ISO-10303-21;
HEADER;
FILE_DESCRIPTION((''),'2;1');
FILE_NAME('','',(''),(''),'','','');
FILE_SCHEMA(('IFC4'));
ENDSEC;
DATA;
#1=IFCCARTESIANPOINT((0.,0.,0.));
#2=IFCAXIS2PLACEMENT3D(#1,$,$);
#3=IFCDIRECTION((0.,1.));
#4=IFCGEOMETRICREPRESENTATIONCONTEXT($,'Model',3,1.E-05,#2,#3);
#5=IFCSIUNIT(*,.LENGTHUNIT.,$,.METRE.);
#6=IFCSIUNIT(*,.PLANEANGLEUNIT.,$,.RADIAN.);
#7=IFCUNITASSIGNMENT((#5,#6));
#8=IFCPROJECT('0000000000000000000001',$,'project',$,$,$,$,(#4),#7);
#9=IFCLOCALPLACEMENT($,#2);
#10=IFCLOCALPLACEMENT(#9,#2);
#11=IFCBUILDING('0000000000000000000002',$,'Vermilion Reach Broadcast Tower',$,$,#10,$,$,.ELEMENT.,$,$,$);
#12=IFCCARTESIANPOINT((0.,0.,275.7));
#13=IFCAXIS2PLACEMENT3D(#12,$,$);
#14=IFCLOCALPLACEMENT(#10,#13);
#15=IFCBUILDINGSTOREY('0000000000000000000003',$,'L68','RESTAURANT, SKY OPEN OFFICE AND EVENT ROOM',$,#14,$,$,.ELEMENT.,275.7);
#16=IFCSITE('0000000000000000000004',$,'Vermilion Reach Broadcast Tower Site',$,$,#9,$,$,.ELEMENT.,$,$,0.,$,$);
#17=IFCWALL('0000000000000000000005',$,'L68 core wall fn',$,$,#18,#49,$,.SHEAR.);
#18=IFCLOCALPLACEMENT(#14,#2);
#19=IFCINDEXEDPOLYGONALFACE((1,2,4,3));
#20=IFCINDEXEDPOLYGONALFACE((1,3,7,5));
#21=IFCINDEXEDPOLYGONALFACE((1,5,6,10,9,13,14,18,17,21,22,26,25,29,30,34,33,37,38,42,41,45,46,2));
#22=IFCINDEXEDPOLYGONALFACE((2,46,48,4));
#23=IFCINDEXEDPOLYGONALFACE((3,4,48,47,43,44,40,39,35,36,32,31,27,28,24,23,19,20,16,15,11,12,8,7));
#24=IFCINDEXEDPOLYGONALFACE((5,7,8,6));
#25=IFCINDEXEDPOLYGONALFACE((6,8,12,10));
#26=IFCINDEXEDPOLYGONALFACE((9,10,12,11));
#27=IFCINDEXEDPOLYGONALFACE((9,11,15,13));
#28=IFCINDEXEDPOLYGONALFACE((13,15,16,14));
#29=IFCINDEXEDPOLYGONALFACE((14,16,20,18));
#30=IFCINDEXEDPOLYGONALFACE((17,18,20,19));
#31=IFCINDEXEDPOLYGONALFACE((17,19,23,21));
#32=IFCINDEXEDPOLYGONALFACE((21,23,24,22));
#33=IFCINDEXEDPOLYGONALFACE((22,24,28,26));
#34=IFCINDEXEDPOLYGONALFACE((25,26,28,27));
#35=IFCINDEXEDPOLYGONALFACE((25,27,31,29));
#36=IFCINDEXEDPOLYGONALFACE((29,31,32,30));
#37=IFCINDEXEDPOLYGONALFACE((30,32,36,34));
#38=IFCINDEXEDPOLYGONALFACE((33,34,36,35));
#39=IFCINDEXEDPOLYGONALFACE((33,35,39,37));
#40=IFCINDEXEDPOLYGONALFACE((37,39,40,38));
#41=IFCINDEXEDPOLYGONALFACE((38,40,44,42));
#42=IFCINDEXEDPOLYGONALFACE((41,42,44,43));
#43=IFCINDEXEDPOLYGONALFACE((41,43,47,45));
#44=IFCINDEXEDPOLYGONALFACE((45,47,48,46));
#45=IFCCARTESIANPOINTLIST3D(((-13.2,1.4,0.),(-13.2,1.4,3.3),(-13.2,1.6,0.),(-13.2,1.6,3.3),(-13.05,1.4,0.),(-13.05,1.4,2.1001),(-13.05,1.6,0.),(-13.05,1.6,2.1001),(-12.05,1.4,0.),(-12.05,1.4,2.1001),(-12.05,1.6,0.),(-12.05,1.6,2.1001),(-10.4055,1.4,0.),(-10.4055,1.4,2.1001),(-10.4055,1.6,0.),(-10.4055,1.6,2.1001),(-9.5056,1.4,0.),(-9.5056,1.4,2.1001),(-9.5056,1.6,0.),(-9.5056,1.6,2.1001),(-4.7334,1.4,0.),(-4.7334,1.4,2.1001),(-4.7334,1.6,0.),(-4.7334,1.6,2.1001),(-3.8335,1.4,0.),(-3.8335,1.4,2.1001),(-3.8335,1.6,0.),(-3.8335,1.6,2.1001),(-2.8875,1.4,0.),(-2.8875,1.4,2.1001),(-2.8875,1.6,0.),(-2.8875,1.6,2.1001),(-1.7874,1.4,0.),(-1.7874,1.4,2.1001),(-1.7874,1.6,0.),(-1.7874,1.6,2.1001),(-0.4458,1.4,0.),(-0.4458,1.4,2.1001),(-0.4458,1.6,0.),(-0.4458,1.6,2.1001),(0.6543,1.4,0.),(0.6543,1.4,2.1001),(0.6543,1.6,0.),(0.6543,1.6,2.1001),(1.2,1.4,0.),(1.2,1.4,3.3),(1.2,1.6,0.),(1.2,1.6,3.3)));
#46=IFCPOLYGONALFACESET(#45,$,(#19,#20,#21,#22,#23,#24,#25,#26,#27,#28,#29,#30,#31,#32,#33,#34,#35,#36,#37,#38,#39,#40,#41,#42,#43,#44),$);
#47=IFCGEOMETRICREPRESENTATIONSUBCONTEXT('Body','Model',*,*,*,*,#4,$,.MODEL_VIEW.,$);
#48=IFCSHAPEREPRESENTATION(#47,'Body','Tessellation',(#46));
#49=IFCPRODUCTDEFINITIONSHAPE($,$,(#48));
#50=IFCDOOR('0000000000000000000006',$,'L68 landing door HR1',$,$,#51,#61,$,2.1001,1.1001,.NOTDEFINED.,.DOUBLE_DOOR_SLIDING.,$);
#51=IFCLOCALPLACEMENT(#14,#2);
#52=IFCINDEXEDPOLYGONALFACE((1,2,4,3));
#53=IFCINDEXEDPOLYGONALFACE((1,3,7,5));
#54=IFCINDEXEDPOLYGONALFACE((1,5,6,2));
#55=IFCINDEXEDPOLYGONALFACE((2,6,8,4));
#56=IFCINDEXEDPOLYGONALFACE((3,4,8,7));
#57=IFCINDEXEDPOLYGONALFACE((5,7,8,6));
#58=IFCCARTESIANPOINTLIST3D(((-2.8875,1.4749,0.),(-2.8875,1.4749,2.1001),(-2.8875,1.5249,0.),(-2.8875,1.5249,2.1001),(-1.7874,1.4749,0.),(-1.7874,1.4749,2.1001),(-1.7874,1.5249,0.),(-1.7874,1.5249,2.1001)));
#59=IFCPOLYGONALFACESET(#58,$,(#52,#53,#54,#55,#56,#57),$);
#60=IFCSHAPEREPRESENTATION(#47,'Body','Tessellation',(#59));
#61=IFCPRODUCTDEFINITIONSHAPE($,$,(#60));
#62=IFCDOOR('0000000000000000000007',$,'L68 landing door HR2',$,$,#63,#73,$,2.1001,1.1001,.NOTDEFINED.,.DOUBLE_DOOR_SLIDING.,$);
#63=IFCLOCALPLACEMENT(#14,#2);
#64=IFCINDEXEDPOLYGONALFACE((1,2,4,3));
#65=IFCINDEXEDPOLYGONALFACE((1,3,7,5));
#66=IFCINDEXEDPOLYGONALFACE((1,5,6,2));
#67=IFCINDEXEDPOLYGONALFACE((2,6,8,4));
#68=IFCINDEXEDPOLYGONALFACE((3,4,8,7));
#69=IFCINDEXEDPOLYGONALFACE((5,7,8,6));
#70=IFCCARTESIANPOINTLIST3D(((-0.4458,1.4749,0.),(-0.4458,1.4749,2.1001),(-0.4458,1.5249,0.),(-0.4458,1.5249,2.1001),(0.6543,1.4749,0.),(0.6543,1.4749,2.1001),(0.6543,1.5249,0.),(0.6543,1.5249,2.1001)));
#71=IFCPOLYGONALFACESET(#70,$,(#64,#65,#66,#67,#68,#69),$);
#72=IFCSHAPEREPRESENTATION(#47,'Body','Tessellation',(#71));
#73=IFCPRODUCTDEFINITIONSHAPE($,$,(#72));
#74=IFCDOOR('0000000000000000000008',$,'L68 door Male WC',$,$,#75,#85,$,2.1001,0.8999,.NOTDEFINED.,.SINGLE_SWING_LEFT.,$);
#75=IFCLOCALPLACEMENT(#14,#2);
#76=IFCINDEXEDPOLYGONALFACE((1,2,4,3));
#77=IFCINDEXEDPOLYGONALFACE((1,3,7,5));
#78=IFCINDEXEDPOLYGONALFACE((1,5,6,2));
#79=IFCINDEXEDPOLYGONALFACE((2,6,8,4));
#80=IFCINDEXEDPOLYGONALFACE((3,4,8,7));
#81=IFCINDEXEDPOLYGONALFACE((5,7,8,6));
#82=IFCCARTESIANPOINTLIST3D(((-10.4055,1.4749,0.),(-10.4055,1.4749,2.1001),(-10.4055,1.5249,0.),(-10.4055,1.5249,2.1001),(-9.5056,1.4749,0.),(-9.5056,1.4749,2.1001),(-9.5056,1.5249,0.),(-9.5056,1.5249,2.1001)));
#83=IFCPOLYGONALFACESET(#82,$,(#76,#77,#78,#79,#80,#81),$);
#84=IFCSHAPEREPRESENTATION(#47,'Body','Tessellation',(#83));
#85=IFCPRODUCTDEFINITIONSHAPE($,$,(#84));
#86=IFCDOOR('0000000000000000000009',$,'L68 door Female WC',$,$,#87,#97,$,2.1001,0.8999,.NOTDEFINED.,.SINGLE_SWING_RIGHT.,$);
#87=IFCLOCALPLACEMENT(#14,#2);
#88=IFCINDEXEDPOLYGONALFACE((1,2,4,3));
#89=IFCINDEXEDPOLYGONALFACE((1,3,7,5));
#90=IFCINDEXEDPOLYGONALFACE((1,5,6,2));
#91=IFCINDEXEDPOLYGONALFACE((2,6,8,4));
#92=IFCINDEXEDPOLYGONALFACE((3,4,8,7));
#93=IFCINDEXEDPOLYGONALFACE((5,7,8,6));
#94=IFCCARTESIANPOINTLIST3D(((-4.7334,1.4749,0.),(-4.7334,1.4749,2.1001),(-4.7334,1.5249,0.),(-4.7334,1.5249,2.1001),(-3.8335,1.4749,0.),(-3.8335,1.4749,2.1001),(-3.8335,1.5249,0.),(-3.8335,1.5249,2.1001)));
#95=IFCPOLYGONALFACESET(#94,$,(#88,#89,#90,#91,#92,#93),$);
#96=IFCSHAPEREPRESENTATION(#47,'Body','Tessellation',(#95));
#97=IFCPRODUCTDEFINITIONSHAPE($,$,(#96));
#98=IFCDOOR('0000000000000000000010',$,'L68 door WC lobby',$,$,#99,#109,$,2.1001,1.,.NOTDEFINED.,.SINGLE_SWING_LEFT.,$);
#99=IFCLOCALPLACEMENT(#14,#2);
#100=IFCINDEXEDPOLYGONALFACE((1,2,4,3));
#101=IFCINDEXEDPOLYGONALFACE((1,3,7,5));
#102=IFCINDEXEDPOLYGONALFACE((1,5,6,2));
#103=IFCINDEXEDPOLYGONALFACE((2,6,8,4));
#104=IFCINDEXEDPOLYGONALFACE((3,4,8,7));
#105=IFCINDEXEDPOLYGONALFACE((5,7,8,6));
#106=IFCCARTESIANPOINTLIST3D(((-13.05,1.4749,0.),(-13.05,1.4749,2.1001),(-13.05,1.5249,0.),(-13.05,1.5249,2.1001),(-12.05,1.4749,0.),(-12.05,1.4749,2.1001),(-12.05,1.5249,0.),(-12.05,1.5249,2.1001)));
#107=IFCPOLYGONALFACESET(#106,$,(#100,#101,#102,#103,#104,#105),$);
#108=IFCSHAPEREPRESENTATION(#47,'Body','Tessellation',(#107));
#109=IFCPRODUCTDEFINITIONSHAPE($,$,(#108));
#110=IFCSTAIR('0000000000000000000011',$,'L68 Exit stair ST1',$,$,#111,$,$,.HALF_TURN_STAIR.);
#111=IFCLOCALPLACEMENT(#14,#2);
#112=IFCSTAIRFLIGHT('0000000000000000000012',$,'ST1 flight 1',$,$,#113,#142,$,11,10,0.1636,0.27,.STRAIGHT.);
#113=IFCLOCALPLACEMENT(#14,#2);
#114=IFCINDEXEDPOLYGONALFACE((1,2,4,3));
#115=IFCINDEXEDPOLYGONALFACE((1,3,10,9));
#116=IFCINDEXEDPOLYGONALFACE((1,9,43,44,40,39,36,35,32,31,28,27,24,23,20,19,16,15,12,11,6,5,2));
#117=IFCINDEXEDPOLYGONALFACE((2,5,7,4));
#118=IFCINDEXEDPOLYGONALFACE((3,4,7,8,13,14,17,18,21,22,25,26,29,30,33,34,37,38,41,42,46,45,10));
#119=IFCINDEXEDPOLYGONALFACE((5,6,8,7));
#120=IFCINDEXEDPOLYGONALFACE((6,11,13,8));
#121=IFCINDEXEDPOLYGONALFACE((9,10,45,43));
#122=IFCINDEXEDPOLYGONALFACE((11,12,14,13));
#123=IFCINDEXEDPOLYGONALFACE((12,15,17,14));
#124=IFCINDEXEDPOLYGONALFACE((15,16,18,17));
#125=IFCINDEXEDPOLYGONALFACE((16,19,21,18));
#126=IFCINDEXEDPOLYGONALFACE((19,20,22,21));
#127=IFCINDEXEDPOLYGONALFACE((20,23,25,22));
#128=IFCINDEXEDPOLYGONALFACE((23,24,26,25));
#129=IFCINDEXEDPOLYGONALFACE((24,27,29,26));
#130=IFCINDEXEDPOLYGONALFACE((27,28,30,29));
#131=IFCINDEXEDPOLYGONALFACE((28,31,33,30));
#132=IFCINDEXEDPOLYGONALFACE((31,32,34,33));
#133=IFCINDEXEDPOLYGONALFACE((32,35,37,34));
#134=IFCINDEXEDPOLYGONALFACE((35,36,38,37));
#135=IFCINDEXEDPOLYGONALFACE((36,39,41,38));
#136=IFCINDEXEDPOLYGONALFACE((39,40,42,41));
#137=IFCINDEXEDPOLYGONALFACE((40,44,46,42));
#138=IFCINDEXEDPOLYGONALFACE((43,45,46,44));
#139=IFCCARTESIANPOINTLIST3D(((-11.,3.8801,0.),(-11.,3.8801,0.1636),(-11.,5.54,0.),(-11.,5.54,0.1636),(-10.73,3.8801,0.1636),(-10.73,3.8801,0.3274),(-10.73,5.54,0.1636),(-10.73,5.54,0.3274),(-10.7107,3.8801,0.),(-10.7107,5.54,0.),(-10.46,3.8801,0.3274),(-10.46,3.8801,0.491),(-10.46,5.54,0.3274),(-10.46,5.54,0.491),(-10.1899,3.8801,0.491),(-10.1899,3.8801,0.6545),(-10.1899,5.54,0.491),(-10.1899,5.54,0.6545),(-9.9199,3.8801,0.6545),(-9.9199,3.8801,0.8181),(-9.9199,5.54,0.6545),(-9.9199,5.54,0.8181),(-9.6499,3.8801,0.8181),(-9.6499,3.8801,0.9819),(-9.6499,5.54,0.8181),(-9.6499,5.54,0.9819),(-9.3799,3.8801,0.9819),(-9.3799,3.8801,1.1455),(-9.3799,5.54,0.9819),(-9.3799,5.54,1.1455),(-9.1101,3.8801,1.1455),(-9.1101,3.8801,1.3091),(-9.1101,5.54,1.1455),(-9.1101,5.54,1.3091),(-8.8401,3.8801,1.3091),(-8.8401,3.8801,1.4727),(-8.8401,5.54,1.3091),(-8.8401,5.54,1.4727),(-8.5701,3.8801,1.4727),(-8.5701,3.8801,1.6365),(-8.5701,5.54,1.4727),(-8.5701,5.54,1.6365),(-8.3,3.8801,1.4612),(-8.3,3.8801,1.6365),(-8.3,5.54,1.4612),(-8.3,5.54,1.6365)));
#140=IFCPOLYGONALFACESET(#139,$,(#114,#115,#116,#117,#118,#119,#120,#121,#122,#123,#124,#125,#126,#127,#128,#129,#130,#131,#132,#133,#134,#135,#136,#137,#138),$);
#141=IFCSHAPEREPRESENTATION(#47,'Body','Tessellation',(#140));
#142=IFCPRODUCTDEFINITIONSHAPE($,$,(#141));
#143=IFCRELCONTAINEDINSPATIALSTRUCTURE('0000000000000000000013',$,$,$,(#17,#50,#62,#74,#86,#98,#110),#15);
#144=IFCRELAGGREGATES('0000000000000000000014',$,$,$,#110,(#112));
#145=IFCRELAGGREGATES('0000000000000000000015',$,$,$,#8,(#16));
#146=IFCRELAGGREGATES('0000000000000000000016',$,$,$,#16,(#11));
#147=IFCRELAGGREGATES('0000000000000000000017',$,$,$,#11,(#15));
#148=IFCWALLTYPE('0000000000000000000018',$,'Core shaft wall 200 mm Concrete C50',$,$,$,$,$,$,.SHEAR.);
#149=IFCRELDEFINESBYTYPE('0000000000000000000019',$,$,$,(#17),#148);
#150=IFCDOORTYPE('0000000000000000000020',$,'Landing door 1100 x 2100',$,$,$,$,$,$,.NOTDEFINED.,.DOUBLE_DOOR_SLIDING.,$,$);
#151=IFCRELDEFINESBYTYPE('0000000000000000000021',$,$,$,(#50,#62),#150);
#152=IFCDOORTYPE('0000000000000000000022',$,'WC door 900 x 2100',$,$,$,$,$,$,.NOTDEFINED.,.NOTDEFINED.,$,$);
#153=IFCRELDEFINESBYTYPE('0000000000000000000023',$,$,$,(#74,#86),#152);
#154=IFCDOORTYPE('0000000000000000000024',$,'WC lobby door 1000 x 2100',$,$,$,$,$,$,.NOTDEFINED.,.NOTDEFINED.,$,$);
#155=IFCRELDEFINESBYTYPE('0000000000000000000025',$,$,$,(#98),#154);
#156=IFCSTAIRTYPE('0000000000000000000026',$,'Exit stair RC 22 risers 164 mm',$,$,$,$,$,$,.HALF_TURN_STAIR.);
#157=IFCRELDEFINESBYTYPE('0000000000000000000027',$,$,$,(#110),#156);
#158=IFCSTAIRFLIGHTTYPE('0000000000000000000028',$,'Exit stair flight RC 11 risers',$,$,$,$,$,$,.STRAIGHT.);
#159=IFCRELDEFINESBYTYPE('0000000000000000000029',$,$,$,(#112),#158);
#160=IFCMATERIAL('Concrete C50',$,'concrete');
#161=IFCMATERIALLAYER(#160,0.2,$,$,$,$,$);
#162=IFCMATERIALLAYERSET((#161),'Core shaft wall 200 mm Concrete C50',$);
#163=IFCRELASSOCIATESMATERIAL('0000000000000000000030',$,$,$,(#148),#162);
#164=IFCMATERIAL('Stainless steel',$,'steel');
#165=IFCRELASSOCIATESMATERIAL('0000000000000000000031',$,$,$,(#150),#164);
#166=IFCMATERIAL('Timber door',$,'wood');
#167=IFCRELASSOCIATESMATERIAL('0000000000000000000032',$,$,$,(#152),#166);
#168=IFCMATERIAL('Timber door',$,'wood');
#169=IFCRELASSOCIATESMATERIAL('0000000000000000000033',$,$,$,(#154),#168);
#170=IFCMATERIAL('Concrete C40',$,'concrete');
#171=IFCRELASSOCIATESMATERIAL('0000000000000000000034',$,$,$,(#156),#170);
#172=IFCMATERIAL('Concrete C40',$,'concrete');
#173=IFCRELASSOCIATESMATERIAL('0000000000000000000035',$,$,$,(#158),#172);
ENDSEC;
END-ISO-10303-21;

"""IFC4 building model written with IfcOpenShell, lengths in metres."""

from ifc_helpers import new_model, si_unit, direction, frame, frame_2d, origin, place, context, subcontext, project, spatial, polyline, rectangle, outline, extrude, material, layer, layer_set, type_object, element, fill, aggregate, save


model = new_model("IFC4")

# Units and contexts
model_context = context("Model", 3, precision=1e-05, world=origin(), true_north=direction((0.0, 1.0)))
body_context = subcontext(model_context, "Body", "Model", "MODEL_VIEW")
ifc_project = project(units=[si_unit("LENGTHUNIT", "METRE"), si_unit("PLANEANGLEUNIT", "RADIAN")], contexts=[model_context])

# Site, building, storey
site_placement = place(None, origin())
site = spatial("IfcSite", under=ifc_project, at=site_placement, Name="Vermilion Reach Broadcast Tower Site", CompositionType="ELEMENT", RefElevation=0.0)
building_placement = place(site_placement, origin())
building = spatial("IfcBuilding", under=site, at=building_placement, Name="Vermilion Reach Broadcast Tower", CompositionType="ELEMENT")
storey_placement = place(building_placement, frame((0.0, 0.0, 275.7)))
storey = spatial("IfcBuildingStorey", under=building, at=storey_placement, Name="L68", Description="RESTAURANT, SKY OPEN OFFICE AND EVENT ROOM", CompositionType="ELEMENT", Elevation=275.7)

# Wall, openings, doors
ifc_material_1 = material(Name="Concrete C50", Category="concrete")
ifc_layer_1 = layer(ifc_material_1, 0.2)
ifc_layer_set_1 = layer_set([ifc_layer_1], Name="Core shaft wall 200 mm Concrete C50")
wall_type_1 = type_object("IfcWallType", Name="Core shaft wall 200 mm Concrete C50", PredefinedType="SHEAR", material=ifc_layer_set_1)
wall_1_placement = place(storey_placement, frame((-13.2, 1.5, 0.0), z_axis=(0.0, 0.0, 1.0), x_axis=(1.0, 0.0, 0.0)))
wall_1 = element("IfcWall", 1, at=wall_1_placement, inside=storey, type_object=wall_type_1, Name="L68 core wall fn", PredefinedType="SHEAR", context=body_context, shape_type="SweptSolid", body=[
    extrude(rectangle(XDim=14.3999, YDim=0.2, at=frame_2d((7.2, 0.0))), origin(), (0.0, 0.0, 1.0), 3.3),
])
opening_1_placement = place(wall_1_placement, frame((10.3125, 0.0, 0.0)))
opening_1 = element("IfcOpeningElement", 2, at=opening_1_placement, cuts=wall_1, PredefinedType="OPENING", context=body_context, shape_type="SweptSolid", body=[
    extrude(rectangle(XDim=1.1001, YDim=2.1001, at=frame_2d((0.55, 1.05))), frame((0.0, 0.1099, 0.0), z_axis=(0.0, -1.0, 0.0), x_axis=(1.0, 0.0, 0.0)), (0.0, 0.0, 1.0), 0.22),
])
opening_2_placement = place(wall_1_placement, frame((12.7542, 0.0, 0.0)))
opening_2 = element("IfcOpeningElement", 3, at=opening_2_placement, cuts=wall_1, PredefinedType="OPENING", context=body_context, shape_type="SweptSolid", body=[
    extrude(rectangle(XDim=1.1001, YDim=2.1001, at=frame_2d((0.55, 1.05))), frame((0.0, 0.1099, 0.0), z_axis=(0.0, -1.0, 0.0), x_axis=(1.0, 0.0, 0.0)), (0.0, 0.0, 1.0), 0.22),
])
opening_3_placement = place(wall_1_placement, frame((0.1499, 0.0, 0.0)))
opening_3 = element("IfcOpeningElement", 4, at=opening_3_placement, cuts=wall_1, PredefinedType="OPENING", context=body_context, shape_type="SweptSolid", body=[
    extrude(rectangle(XDim=1.0, YDim=2.1001, at=frame_2d((0.5, 1.05))), frame((0.0, 0.1099, 0.0), z_axis=(0.0, -1.0, 0.0), x_axis=(1.0, 0.0, 0.0)), (0.0, 0.0, 1.0), 0.22),
])
opening_4_placement = place(wall_1_placement, frame((2.7944, 0.0, 0.0)))
opening_4 = element("IfcOpeningElement", 5, at=opening_4_placement, cuts=wall_1, PredefinedType="OPENING", context=body_context, shape_type="SweptSolid", body=[
    extrude(rectangle(XDim=0.8999, YDim=2.1001, at=frame_2d((0.45, 1.05))), frame((0.0, 0.1099, 0.0), z_axis=(0.0, -1.0, 0.0), x_axis=(1.0, 0.0, 0.0)), (0.0, 0.0, 1.0), 0.22),
])
opening_5_placement = place(wall_1_placement, frame((8.4666, 0.0, 0.0)))
opening_5 = element("IfcOpeningElement", 6, at=opening_5_placement, cuts=wall_1, PredefinedType="OPENING", context=body_context, shape_type="SweptSolid", body=[
    extrude(rectangle(XDim=0.8999, YDim=2.1001, at=frame_2d((0.45, 1.05))), frame((0.0, 0.1099, 0.0), z_axis=(0.0, -1.0, 0.0), x_axis=(1.0, 0.0, 0.0)), (0.0, 0.0, 1.0), 0.22),
])
ifc_material_2 = material(Name="Stainless steel", Category="steel")
door_type_1 = type_object("IfcDoorType", Name="Landing door 1100 x 2100", OperationType="DOUBLE_DOOR_SLIDING", PredefinedType="NOTDEFINED", material=ifc_material_2)
door_1_placement = place(opening_1_placement, origin())
door_1 = element("IfcDoor", 7, at=door_1_placement, inside=storey, type_object=door_type_1, Name="L68 landing door HR1", OperationType="DOUBLE_DOOR_SLIDING", OverallHeight=2.1001, OverallWidth=1.1001, PredefinedType="NOTDEFINED", context=body_context, shape_type="SweptSolid", body=[
    extrude(rectangle(XDim=1.1001, YDim=2.1001, at=frame_2d((0.55, 1.05))), frame((0.0, 0.0249, 0.0), z_axis=(0.0, -1.0, 0.0), x_axis=(1.0, 0.0, 0.0)), (0.0, 0.0, 1.0), 0.05),
])
fill(opening_1, door_1)
door_2_placement = place(opening_2_placement, origin())
door_2 = element("IfcDoor", 8, at=door_2_placement, inside=storey, type_object=door_type_1, Name="L68 landing door HR2", OperationType="DOUBLE_DOOR_SLIDING", OverallHeight=2.1001, OverallWidth=1.1001, PredefinedType="NOTDEFINED", context=body_context, shape_type="SweptSolid", body=[
    extrude(rectangle(XDim=1.1001, YDim=2.1001, at=frame_2d((0.55, 1.05))), frame((0.0, 0.0249, 0.0), z_axis=(0.0, -1.0, 0.0), x_axis=(1.0, 0.0, 0.0)), (0.0, 0.0, 1.0), 0.05),
])
fill(opening_2, door_2)
ifc_material_3 = material(Name="Timber door", Category="wood")
door_type_2 = type_object("IfcDoorType", Name="WC door 900 x 2100", OperationType="NOTDEFINED", PredefinedType="NOTDEFINED", material=ifc_material_3)
door_3_placement = place(opening_4_placement, origin())
door_3 = element("IfcDoor", 9, at=door_3_placement, inside=storey, type_object=door_type_2, Name="L68 door Male WC", OperationType="SINGLE_SWING_LEFT", OverallHeight=2.1001, OverallWidth=0.8999, PredefinedType="NOTDEFINED", context=body_context, shape_type="SweptSolid", body=[
    extrude(rectangle(XDim=0.8999, YDim=2.1001, at=frame_2d((0.45, 1.05))), frame((0.0, 0.0249, 0.0), z_axis=(0.0, -1.0, 0.0), x_axis=(1.0, 0.0, 0.0)), (0.0, 0.0, 1.0), 0.05),
])
fill(opening_4, door_3)
door_4_placement = place(opening_5_placement, origin())
door_4 = element("IfcDoor", 10, at=door_4_placement, inside=storey, type_object=door_type_2, Name="L68 door Female WC", OperationType="SINGLE_SWING_RIGHT", OverallHeight=2.1001, OverallWidth=0.8999, PredefinedType="NOTDEFINED", context=body_context, shape_type="SweptSolid", body=[
    extrude(rectangle(XDim=0.8999, YDim=2.1001, at=frame_2d((0.45, 1.05))), frame((0.0, 0.0249, 0.0), z_axis=(0.0, -1.0, 0.0), x_axis=(1.0, 0.0, 0.0)), (0.0, 0.0, 1.0), 0.05),
])
fill(opening_5, door_4)
ifc_material_4 = material(Name="Timber door", Category="wood")
door_type_3 = type_object("IfcDoorType", Name="WC lobby door 1000 x 2100", OperationType="NOTDEFINED", PredefinedType="NOTDEFINED", material=ifc_material_4)
door_5_placement = place(opening_3_placement, origin())
door_5 = element("IfcDoor", 11, at=door_5_placement, inside=storey, type_object=door_type_3, Name="L68 door WC lobby", OperationType="SINGLE_SWING_LEFT", OverallHeight=2.1001, OverallWidth=1.0, PredefinedType="NOTDEFINED", context=body_context, shape_type="SweptSolid", body=[
    extrude(rectangle(XDim=1.0, YDim=2.1001, at=frame_2d((0.5, 1.05))), frame((0.0, 0.0249, 0.0), z_axis=(0.0, -1.0, 0.0), x_axis=(1.0, 0.0, 0.0)), (0.0, 0.0, 1.0), 0.05),
])
fill(opening_3, door_5)

# Stair, stair flight
ifc_material_5 = material(Name="Concrete C40", Category="concrete")
stair_type = type_object("IfcStairType", Name="Exit stair RC 22 risers 164 mm", PredefinedType="HALF_TURN_STAIR", material=ifc_material_5)
stair_placement = place(storey_placement, origin())
stair = element("IfcStair", 12, at=stair_placement, inside=storey, type_object=stair_type, Name="L68 Exit stair ST1", PredefinedType="HALF_TURN_STAIR")
ifc_material_6 = material(Name="Concrete C40", Category="concrete")
stair_flight_type = type_object("IfcStairFlightType", Name="Exit stair flight RC 11 risers", PredefinedType="STRAIGHT", material=ifc_material_6)
stair_flight_1_placement = place(storey_placement, frame((-11.0, 4.71, 0.0), z_axis=(0.0, 0.0, 1.0), x_axis=(1.0, 0.0, 0.0)))
stair_flight_1 = element("IfcStairFlight", 13, at=stair_flight_1_placement, type_object=stair_flight_type, Name="ST1 flight 1", NumberOfRisers=11, NumberOfTreads=10, PredefinedType="STRAIGHT", RiserHeight=0.1636, TreadLength=0.27, context=body_context, shape_type="SweptSolid", body=[
    extrude(outline(polyline([(0.0, 0.0), (0.0, 0.1636), (0.27, 0.1636), (0.27, 0.3274), (0.54, 0.3274), (0.54, 0.491), (0.8101, 0.491), (0.8101, 0.6545), (1.0801, 0.6545), (1.0801, 0.8181), (1.3501, 0.8181), (1.3501, 0.9819), (1.6201, 0.9819), (1.6201, 1.1455), (1.8899, 1.1455), (1.8899, 1.3091), (2.1599, 1.3091), (2.1599, 1.4727), (2.4299, 1.4727), (2.4299, 1.6365), (2.7, 1.6365), (2.7, 1.8), (2.7, 1.4612), (0.2893, 0.0), (0.0, 0.0)])), frame((0.0, 0.8301, 0.0), z_axis=(0.0, -1.0, 0.0), x_axis=(1.0, 0.0, 0.0)), (0.0, 0.0, 1.0), 1.6599),
])
aggregate(stair, [stair_flight_1])

save(model, "model.ifc")
